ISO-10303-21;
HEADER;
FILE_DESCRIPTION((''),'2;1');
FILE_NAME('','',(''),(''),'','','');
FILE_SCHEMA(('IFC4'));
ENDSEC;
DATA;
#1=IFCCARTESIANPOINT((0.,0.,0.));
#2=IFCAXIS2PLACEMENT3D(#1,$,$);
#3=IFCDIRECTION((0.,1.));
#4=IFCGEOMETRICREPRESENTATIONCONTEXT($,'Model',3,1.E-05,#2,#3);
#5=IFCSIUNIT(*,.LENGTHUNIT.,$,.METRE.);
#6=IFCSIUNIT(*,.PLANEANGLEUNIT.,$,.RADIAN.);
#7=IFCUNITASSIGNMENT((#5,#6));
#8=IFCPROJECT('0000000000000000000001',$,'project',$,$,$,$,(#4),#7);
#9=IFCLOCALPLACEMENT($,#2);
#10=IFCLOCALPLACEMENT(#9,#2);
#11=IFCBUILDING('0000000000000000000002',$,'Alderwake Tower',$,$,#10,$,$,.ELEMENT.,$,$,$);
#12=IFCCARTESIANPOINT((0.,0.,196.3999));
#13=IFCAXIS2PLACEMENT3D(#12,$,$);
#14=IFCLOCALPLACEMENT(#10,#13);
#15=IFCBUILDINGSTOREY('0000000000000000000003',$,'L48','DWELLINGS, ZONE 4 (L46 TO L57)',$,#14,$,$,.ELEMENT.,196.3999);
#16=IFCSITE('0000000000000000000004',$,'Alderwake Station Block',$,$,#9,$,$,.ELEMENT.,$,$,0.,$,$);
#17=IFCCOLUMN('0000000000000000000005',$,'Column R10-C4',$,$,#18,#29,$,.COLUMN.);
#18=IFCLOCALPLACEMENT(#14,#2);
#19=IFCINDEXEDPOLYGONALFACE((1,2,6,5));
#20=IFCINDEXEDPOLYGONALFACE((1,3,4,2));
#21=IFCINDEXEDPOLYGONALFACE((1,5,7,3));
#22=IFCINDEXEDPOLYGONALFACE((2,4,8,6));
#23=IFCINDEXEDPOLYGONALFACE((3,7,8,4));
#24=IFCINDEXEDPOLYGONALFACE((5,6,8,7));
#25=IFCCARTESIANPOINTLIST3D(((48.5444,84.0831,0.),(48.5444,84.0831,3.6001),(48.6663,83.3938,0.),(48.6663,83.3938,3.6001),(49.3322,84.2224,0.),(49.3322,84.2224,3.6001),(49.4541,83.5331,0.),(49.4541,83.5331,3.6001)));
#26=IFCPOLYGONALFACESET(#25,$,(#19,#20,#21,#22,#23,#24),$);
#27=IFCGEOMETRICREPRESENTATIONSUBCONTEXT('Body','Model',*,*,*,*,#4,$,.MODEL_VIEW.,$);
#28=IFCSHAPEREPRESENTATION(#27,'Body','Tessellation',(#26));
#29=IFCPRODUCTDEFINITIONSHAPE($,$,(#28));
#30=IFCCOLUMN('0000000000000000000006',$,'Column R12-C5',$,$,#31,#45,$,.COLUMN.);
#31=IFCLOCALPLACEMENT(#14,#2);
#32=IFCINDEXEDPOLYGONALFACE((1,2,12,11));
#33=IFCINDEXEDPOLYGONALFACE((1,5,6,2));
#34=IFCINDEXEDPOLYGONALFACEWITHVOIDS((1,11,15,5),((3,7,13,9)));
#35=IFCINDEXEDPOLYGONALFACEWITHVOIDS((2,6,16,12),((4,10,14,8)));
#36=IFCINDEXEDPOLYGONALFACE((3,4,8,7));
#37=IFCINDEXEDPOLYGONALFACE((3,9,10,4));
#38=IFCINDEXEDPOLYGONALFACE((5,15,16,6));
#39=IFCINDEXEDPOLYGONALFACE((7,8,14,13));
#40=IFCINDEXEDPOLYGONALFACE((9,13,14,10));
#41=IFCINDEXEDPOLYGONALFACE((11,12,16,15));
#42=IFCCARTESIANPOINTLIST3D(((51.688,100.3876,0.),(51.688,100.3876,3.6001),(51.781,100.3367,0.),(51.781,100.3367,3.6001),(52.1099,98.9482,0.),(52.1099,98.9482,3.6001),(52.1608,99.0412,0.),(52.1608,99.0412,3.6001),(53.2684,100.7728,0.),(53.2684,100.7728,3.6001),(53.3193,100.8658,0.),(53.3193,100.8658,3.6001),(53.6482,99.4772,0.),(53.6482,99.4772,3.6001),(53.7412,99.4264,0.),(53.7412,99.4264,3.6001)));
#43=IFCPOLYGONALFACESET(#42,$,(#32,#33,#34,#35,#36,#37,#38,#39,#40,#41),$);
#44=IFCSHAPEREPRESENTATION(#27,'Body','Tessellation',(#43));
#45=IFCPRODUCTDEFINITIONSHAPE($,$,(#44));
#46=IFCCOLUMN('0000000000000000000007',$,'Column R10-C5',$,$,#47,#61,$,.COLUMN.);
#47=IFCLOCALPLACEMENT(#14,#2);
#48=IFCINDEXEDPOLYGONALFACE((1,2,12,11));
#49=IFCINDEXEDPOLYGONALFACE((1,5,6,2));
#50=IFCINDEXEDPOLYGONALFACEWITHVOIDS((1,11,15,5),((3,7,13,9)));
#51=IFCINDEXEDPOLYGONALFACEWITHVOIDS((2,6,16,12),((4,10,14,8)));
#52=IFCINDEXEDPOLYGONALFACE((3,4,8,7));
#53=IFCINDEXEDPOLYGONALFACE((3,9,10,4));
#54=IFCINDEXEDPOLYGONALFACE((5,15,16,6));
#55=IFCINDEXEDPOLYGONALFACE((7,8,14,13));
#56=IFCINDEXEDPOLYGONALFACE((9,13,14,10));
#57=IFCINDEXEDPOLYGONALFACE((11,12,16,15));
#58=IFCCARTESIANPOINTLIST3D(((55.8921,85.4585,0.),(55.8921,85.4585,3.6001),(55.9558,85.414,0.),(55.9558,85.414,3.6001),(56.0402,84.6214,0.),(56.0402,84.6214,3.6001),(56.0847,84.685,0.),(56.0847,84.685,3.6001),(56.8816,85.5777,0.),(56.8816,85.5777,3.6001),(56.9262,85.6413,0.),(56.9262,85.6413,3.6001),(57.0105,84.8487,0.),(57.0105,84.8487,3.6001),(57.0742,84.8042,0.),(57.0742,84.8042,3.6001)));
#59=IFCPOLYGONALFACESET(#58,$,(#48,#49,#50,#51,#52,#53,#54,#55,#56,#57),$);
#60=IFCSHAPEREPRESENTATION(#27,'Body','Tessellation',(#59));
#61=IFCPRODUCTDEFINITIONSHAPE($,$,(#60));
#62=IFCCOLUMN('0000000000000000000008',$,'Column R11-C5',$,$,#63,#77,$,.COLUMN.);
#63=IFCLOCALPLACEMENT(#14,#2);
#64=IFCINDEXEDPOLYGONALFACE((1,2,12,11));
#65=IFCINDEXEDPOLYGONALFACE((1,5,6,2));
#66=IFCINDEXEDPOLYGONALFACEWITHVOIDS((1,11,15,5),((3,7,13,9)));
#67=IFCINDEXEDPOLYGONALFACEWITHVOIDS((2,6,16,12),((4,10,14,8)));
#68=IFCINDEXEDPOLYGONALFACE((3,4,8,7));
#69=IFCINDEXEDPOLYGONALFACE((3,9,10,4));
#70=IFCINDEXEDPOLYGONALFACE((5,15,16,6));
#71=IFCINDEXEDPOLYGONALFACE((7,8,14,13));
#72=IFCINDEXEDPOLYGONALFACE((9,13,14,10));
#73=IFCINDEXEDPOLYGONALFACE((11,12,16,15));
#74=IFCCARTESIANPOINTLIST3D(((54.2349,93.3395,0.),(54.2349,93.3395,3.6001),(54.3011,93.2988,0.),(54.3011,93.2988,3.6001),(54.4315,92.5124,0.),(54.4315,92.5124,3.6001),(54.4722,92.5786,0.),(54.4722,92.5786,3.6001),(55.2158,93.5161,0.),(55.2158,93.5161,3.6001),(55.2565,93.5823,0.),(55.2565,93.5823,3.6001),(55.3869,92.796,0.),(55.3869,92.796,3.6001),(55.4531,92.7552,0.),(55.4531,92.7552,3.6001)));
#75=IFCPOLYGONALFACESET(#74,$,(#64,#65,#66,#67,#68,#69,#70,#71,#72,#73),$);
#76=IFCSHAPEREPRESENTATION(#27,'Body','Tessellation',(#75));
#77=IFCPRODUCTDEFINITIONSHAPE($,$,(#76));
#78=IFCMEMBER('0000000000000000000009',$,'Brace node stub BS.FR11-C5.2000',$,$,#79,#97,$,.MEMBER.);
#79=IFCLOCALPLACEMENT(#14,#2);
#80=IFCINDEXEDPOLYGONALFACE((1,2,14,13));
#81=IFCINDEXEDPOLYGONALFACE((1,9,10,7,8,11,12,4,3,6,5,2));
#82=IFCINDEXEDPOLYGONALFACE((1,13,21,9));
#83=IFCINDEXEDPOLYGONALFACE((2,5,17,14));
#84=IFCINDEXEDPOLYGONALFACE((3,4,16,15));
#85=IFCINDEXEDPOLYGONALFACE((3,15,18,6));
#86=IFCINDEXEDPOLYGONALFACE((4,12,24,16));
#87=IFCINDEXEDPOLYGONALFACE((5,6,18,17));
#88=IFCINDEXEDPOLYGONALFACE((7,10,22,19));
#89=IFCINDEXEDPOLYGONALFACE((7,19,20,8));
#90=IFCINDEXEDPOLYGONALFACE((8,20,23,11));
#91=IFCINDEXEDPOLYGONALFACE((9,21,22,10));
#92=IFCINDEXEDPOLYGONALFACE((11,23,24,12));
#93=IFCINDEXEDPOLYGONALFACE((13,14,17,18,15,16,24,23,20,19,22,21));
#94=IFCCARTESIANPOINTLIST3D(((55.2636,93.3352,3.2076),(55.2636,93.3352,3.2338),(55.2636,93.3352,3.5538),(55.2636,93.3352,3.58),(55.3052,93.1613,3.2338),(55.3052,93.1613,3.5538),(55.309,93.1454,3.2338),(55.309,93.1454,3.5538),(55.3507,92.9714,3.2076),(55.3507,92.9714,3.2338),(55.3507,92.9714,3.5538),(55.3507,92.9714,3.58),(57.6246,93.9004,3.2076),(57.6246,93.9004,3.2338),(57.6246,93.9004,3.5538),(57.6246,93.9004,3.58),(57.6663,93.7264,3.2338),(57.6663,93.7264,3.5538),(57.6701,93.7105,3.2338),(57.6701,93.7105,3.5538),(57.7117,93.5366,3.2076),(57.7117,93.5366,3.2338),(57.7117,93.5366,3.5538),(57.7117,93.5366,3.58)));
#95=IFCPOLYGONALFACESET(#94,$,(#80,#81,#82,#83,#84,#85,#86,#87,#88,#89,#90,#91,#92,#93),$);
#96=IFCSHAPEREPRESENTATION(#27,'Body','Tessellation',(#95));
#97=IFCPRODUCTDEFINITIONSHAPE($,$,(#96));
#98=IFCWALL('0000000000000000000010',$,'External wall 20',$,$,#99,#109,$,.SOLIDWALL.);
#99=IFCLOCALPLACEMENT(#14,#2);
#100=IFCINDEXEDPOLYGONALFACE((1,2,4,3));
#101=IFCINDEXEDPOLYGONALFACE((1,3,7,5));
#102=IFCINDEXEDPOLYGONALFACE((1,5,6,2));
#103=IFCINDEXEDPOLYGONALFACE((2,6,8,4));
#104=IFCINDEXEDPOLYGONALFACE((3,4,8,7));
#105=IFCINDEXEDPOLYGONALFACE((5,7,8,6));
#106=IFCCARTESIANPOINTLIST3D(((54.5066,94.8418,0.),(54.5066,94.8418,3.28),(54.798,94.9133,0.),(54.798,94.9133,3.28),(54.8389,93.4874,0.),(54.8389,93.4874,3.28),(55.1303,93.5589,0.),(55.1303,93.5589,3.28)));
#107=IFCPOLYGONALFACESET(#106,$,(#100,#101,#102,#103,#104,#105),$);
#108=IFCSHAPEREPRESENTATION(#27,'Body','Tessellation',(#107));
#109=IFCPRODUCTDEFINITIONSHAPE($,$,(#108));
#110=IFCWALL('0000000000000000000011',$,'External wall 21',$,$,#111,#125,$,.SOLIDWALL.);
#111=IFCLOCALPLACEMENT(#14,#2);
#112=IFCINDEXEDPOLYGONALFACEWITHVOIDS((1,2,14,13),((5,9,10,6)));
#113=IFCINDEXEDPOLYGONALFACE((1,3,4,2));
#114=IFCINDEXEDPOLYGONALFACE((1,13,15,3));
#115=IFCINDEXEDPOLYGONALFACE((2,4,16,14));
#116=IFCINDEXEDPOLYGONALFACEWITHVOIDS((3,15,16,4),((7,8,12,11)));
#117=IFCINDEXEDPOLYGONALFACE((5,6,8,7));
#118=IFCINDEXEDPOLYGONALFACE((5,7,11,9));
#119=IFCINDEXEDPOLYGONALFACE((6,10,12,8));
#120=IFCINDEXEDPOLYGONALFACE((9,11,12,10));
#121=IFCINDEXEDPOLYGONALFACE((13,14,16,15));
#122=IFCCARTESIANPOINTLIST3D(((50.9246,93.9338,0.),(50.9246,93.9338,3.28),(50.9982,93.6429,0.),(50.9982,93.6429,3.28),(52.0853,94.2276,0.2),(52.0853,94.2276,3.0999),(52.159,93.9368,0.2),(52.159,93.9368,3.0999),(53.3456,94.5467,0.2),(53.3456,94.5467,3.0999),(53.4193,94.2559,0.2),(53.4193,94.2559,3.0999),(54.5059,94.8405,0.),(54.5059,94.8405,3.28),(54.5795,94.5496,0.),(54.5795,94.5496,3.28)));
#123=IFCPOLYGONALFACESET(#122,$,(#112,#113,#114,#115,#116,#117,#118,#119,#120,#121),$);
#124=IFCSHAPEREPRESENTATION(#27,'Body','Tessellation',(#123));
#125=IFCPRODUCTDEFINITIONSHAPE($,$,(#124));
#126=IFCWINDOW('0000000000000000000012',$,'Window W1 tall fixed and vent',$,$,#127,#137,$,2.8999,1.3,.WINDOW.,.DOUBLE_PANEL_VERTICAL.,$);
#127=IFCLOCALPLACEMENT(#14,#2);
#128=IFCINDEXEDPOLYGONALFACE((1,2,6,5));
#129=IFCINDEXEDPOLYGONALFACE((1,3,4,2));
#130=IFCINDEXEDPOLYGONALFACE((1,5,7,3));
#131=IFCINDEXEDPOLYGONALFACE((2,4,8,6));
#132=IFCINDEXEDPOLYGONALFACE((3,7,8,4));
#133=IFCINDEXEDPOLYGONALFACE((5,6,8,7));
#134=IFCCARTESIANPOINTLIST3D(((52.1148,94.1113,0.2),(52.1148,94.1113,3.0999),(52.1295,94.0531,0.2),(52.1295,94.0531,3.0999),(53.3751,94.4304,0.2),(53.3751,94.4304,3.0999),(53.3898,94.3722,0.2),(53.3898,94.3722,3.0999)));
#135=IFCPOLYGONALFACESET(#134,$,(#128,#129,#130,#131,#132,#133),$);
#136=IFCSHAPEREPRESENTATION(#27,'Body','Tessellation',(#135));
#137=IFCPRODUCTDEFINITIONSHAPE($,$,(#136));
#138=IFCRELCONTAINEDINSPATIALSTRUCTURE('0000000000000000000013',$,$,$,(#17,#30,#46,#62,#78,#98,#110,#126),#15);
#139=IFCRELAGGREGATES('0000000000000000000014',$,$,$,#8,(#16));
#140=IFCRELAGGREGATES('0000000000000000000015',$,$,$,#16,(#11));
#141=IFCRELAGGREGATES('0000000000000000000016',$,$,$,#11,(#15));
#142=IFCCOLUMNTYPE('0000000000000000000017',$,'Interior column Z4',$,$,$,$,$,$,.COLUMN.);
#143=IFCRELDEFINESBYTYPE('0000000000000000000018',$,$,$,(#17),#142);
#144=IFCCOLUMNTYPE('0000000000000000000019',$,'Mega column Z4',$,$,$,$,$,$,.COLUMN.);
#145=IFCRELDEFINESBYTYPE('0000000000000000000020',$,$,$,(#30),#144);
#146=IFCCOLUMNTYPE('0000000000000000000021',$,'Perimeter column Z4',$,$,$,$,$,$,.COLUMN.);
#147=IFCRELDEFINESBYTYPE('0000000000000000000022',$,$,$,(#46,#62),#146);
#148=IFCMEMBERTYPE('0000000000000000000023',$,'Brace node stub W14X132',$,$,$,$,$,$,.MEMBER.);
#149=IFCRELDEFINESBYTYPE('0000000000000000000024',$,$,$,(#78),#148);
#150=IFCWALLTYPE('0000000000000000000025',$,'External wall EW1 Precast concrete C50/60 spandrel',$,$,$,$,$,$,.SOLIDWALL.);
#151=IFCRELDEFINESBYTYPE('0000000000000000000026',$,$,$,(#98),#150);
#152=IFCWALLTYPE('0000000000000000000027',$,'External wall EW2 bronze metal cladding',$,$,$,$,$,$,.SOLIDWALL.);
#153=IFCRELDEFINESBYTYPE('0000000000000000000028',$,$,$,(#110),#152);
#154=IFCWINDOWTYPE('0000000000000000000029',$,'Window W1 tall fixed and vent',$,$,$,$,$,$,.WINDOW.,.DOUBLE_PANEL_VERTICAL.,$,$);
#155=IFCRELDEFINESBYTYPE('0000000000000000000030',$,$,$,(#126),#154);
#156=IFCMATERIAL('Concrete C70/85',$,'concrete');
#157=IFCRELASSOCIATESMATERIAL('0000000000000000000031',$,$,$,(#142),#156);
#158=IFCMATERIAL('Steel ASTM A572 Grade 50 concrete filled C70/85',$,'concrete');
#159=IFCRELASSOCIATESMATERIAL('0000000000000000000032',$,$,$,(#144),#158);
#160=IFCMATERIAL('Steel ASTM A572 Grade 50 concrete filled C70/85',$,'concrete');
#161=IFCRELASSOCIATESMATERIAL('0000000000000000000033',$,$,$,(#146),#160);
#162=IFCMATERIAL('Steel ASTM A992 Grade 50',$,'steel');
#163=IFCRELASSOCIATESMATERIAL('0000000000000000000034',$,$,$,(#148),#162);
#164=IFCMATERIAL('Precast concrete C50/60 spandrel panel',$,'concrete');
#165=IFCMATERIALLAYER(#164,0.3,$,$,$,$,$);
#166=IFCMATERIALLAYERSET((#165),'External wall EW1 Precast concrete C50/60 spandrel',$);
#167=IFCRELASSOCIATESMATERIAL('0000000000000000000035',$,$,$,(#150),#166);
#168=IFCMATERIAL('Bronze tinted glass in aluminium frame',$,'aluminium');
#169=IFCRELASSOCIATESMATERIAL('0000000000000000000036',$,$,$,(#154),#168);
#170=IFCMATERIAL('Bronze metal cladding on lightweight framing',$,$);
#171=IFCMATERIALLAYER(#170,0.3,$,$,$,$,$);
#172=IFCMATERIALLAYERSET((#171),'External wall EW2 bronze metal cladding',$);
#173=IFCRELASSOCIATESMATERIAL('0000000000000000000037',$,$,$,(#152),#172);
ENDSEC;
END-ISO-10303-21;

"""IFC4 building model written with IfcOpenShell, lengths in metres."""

from ifc_helpers import new_model, si_unit, direction, frame, frame_2d, origin, origin_2d, place, context, subcontext, project, spatial, rectangle, hollow_rectangle, i_section, extrude, material, layer, layer_set, material_profile, profile_set, type_object, element, fill, save


model = new_model("IFC4")

# Units and contexts
model_context = context("Model", 3, precision=1e-05, world=origin(), true_north=direction((0.0, 1.0)))
body_context = subcontext(model_context, "Body", "Model", "MODEL_VIEW")
ifc_project = project(units=[si_unit("LENGTHUNIT", "METRE"), si_unit("PLANEANGLEUNIT", "RADIAN")], contexts=[model_context])

# Site, building, storey
site_placement = place(None, origin())
site = spatial("IfcSite", under=ifc_project, at=site_placement, Name="Alderwake Station Block", CompositionType="ELEMENT", RefElevation=0.0)
building_placement = place(site_placement, origin())
building = spatial("IfcBuilding", under=site, at=building_placement, Name="Alderwake Tower", CompositionType="ELEMENT")
storey_placement = place(building_placement, frame((0.0, 0.0, 196.3999)))
storey = spatial("IfcBuildingStorey", under=building, at=storey_placement, Name="L48", Description="DWELLINGS, ZONE 4 (L46 TO L57)", CompositionType="ELEMENT", Elevation=196.3999)

# Columns
ifc_material_1 = material(Name="Concrete C70/85", Category="concrete")
ifc_material_profile_1 = material_profile(ifc_material_1, rectangle(XDim=0.7, YDim=0.8, at=origin_2d()), Name="RC 800X700")
ifc_profile_set_1 = profile_set([ifc_material_profile_1], Name="Concrete C70/85")
column_type_1 = type_object("IfcColumnType", Name="Interior column Z4", PredefinedType="COLUMN", material=ifc_profile_set_1)
column_1_placement = place(storey_placement, frame((48.9993, 83.8081, 0.0), z_axis=(0.0, 0.0, 1.0), x_axis=(-0.174109, 0.984726, 0.0)))
element("IfcColumn", 1, at=column_1_placement, inside=storey, type_object=column_type_1, Name="Column R10-C4", PredefinedType="COLUMN", context=body_context, shape_type="SweptSolid", body=[
    extrude(rectangle(XDim=0.7, YDim=0.8, at=origin_2d()), origin(), (0.0, 0.0, 1.0), 3.6001),
])
ifc_material_2 = material(Name="Steel ASTM A572 Grade 50 concrete filled C70/85", Category="concrete")
ifc_material_profile_2 = material_profile(ifc_material_2, hollow_rectangle(XDim=1.5, YDim=1.7, WallThickness=0.075, at=origin_2d()), Name="BOX 1700X1500X75")
ifc_profile_set_2 = profile_set([ifc_material_profile_2], Name="Steel ASTM A572 Grade 50 concrete filled C70/85")
column_type_2 = type_object("IfcColumnType", Name="Mega column Z4", PredefinedType="COLUMN", material=ifc_profile_set_2)
column_2_placement = place(storey_placement, frame((52.7146, 99.907, 0.0), z_axis=(0.0, 0.0, 1.0), x_axis=(-0.281323, 0.959613, 0.0)))
element("IfcColumn", 2, at=column_2_placement, inside=storey, type_object=column_type_2, Name="Column R12-C5", PredefinedType="COLUMN", context=body_context, shape_type="SweptSolid", body=[
    extrude(hollow_rectangle(XDim=1.5, YDim=1.7, WallThickness=0.075, at=origin_2d()), origin(), (0.0, 0.0, 1.0), 3.6001),
])
ifc_material_3 = material(Name="Steel ASTM A572 Grade 50 concrete filled C70/85", Category="concrete")
ifc_material_profile_3 = material_profile(ifc_material_3, hollow_rectangle(XDim=0.8501, YDim=1.05, WallThickness=0.0549, at=origin_2d()), Name="BOX 1050X850X55")
ifc_profile_set_3 = profile_set([ifc_material_profile_3], Name="Steel ASTM A572 Grade 50 concrete filled C70/85")
column_type_3 = type_object("IfcColumnType", Name="Perimeter column Z4", PredefinedType="COLUMN", material=ifc_profile_set_3)
for number, where, z_axis, x_axis, name in (
    (3, (56.4832, 85.1313, 0.0), (0.0, 0.0, 1.0), (-0.174109, 0.984726, 0.0), "Column R10-C5"),
    (4, (54.844, 93.0474, 0.0), (0.0, 0.0, 1.0), (-0.231222, 0.972901, 0.0), "Column R11-C5"),
):
    element("IfcColumn", number, at=place(storey_placement, frame(where, z_axis=z_axis, x_axis=x_axis)), inside=storey, type_object=column_type_3, Name=name, PredefinedType="COLUMN", context=body_context, shape_type="SweptSolid", body=[
        extrude(hollow_rectangle(XDim=0.8501, YDim=1.05, WallThickness=0.0549, at=origin_2d()), origin(), (0.0, 0.0, 1.0), 3.6001),
    ])

# Member
ifc_material_4 = material(Name="Steel ASTM A992 Grade 50", Category="steel")
ifc_material_profile_4 = material_profile(ifc_material_4, i_section(OverallWidth=0.374, OverallDepth=0.3723, WebThickness=0.0164, FlangeThickness=0.0261, at=origin_2d()), Name="W14X132")
ifc_profile_set_4 = profile_set([ifc_material_profile_4], Name="Steel ASTM A992 Grade 50")
member_type = type_object("IfcMemberType", Name="Brace node stub W14X132", PredefinedType="MEMBER", material=ifc_profile_set_4)
member_placement = place(storey_placement, frame((55.3071, 93.1533, 3.3938), z_axis=(0.972525, 0.232799, 0.0), x_axis=(-0.232799, 0.972525, 0.0)))
element("IfcMember", 5, at=member_placement, inside=storey, type_object=member_type, Name="Brace node stub BS.FR11-C5.2000", PredefinedType="MEMBER", context=body_context, shape_type="SweptSolid", body=[
    extrude(i_section(OverallWidth=0.374, OverallDepth=0.3723, WebThickness=0.0164, FlangeThickness=0.0261, at=origin_2d()), origin(), (0.0, 0.0, 1.0), 2.4277),
])

# Shared definitions
ifc_material_5 = material(Name="Precast concrete C50/60 spandrel panel", Category="concrete")
ifc_layer_1 = layer(ifc_material_5, 0.3)
ifc_layer_set_1 = layer_set([ifc_layer_1], Name="External wall EW1 Precast concrete C50/60 spandrel")
wall_type_1 = type_object("IfcWallType", Name="External wall EW1 Precast concrete C50/60 spandrel", PredefinedType="SOLIDWALL", material=ifc_layer_set_1)
ifc_material_6 = material(Name="Bronze tinted glass in aluminium frame", Category="aluminium")
window_type = type_object("IfcWindowType", Name="Window W1 tall fixed and vent", PartitioningType="DOUBLE_PANEL_VERTICAL", PredefinedType="WINDOW", material=ifc_material_6)

# Wall
wall_1_placement = place(storey_placement, frame((54.9846, 93.5232, 0.0), z_axis=(0.0, 0.0, 1.0), x_axis=(-0.23829, 0.971194, 0.0)))
element("IfcWall", 6, at=wall_1_placement, inside=storey, type_object=wall_type_1, Name="External wall 20", PredefinedType="SOLIDWALL", context=body_context, shape_type="SweptSolid", body=[
    extrude(rectangle(XDim=1.3945, YDim=0.3, at=frame_2d((0.6973, 0.0))), origin(), (0.0, 0.0, 1.0), 3.28),
])

# Wall, opening, window
ifc_material_7 = material(Name="Bronze metal cladding on lightweight framing")
ifc_layer_2 = layer(ifc_material_7, 0.3)
ifc_layer_set_2 = layer_set([ifc_layer_2], Name="External wall EW2 bronze metal cladding")
wall_type_2 = type_object("IfcWallType", Name="External wall EW2 bronze metal cladding", PredefinedType="SOLIDWALL", material=ifc_layer_set_2)
wall_2_placement = place(storey_placement, frame((54.5427, 94.6951, 0.0), z_axis=(0.0, 0.0, 1.0), x_axis=(-0.969411, -0.245442, 0.0)))
wall_2 = element("IfcWall", 7, at=wall_2_placement, inside=storey, type_object=wall_type_2, Name="External wall 21", PredefinedType="SOLIDWALL", context=body_context, shape_type="SweptSolid", body=[
    extrude(rectangle(XDim=3.6943, YDim=0.3, at=frame_2d((1.8472, 0.0))), origin(), (0.0, 0.0, 1.0), 3.28),
])
opening_1_placement = place(wall_2_placement, frame((1.197, 0.0, 0.2)))
opening_1 = element("IfcOpeningElement", 8, at=opening_1_placement, cuts=wall_2, PredefinedType="OPENING", context=body_context, shape_type="SweptSolid", body=[
    extrude(rectangle(XDim=1.3, YDim=2.8999, at=frame_2d((0.6499, 1.45))), frame((0.0, 0.1599, 0.0), z_axis=(0.0, -1.0, 0.0), x_axis=(1.0, 0.0, 0.0)), (0.0, 0.0, 1.0), 0.3201),
])
window_1_placement = place(opening_1_placement, origin())
window_1 = element("IfcWindow", 9, at=window_1_placement, inside=storey, type_object=window_type, Name="Window W1 tall fixed and vent", OverallHeight=2.8999, OverallWidth=1.3, PartitioningType="DOUBLE_PANEL_VERTICAL", PredefinedType="WINDOW", context=body_context, shape_type="SweptSolid", body=[
    extrude(rectangle(XDim=1.3, YDim=2.8999, at=frame_2d((0.6499, 1.45))), frame((0.0, 0.03, 0.0), z_axis=(0.0, -1.0, 0.0), x_axis=(1.0, 0.0, 0.0)), (0.0, 0.0, 1.0), 0.0601),
])
fill(opening_1, window_1)

save(model, "model.ifc")
